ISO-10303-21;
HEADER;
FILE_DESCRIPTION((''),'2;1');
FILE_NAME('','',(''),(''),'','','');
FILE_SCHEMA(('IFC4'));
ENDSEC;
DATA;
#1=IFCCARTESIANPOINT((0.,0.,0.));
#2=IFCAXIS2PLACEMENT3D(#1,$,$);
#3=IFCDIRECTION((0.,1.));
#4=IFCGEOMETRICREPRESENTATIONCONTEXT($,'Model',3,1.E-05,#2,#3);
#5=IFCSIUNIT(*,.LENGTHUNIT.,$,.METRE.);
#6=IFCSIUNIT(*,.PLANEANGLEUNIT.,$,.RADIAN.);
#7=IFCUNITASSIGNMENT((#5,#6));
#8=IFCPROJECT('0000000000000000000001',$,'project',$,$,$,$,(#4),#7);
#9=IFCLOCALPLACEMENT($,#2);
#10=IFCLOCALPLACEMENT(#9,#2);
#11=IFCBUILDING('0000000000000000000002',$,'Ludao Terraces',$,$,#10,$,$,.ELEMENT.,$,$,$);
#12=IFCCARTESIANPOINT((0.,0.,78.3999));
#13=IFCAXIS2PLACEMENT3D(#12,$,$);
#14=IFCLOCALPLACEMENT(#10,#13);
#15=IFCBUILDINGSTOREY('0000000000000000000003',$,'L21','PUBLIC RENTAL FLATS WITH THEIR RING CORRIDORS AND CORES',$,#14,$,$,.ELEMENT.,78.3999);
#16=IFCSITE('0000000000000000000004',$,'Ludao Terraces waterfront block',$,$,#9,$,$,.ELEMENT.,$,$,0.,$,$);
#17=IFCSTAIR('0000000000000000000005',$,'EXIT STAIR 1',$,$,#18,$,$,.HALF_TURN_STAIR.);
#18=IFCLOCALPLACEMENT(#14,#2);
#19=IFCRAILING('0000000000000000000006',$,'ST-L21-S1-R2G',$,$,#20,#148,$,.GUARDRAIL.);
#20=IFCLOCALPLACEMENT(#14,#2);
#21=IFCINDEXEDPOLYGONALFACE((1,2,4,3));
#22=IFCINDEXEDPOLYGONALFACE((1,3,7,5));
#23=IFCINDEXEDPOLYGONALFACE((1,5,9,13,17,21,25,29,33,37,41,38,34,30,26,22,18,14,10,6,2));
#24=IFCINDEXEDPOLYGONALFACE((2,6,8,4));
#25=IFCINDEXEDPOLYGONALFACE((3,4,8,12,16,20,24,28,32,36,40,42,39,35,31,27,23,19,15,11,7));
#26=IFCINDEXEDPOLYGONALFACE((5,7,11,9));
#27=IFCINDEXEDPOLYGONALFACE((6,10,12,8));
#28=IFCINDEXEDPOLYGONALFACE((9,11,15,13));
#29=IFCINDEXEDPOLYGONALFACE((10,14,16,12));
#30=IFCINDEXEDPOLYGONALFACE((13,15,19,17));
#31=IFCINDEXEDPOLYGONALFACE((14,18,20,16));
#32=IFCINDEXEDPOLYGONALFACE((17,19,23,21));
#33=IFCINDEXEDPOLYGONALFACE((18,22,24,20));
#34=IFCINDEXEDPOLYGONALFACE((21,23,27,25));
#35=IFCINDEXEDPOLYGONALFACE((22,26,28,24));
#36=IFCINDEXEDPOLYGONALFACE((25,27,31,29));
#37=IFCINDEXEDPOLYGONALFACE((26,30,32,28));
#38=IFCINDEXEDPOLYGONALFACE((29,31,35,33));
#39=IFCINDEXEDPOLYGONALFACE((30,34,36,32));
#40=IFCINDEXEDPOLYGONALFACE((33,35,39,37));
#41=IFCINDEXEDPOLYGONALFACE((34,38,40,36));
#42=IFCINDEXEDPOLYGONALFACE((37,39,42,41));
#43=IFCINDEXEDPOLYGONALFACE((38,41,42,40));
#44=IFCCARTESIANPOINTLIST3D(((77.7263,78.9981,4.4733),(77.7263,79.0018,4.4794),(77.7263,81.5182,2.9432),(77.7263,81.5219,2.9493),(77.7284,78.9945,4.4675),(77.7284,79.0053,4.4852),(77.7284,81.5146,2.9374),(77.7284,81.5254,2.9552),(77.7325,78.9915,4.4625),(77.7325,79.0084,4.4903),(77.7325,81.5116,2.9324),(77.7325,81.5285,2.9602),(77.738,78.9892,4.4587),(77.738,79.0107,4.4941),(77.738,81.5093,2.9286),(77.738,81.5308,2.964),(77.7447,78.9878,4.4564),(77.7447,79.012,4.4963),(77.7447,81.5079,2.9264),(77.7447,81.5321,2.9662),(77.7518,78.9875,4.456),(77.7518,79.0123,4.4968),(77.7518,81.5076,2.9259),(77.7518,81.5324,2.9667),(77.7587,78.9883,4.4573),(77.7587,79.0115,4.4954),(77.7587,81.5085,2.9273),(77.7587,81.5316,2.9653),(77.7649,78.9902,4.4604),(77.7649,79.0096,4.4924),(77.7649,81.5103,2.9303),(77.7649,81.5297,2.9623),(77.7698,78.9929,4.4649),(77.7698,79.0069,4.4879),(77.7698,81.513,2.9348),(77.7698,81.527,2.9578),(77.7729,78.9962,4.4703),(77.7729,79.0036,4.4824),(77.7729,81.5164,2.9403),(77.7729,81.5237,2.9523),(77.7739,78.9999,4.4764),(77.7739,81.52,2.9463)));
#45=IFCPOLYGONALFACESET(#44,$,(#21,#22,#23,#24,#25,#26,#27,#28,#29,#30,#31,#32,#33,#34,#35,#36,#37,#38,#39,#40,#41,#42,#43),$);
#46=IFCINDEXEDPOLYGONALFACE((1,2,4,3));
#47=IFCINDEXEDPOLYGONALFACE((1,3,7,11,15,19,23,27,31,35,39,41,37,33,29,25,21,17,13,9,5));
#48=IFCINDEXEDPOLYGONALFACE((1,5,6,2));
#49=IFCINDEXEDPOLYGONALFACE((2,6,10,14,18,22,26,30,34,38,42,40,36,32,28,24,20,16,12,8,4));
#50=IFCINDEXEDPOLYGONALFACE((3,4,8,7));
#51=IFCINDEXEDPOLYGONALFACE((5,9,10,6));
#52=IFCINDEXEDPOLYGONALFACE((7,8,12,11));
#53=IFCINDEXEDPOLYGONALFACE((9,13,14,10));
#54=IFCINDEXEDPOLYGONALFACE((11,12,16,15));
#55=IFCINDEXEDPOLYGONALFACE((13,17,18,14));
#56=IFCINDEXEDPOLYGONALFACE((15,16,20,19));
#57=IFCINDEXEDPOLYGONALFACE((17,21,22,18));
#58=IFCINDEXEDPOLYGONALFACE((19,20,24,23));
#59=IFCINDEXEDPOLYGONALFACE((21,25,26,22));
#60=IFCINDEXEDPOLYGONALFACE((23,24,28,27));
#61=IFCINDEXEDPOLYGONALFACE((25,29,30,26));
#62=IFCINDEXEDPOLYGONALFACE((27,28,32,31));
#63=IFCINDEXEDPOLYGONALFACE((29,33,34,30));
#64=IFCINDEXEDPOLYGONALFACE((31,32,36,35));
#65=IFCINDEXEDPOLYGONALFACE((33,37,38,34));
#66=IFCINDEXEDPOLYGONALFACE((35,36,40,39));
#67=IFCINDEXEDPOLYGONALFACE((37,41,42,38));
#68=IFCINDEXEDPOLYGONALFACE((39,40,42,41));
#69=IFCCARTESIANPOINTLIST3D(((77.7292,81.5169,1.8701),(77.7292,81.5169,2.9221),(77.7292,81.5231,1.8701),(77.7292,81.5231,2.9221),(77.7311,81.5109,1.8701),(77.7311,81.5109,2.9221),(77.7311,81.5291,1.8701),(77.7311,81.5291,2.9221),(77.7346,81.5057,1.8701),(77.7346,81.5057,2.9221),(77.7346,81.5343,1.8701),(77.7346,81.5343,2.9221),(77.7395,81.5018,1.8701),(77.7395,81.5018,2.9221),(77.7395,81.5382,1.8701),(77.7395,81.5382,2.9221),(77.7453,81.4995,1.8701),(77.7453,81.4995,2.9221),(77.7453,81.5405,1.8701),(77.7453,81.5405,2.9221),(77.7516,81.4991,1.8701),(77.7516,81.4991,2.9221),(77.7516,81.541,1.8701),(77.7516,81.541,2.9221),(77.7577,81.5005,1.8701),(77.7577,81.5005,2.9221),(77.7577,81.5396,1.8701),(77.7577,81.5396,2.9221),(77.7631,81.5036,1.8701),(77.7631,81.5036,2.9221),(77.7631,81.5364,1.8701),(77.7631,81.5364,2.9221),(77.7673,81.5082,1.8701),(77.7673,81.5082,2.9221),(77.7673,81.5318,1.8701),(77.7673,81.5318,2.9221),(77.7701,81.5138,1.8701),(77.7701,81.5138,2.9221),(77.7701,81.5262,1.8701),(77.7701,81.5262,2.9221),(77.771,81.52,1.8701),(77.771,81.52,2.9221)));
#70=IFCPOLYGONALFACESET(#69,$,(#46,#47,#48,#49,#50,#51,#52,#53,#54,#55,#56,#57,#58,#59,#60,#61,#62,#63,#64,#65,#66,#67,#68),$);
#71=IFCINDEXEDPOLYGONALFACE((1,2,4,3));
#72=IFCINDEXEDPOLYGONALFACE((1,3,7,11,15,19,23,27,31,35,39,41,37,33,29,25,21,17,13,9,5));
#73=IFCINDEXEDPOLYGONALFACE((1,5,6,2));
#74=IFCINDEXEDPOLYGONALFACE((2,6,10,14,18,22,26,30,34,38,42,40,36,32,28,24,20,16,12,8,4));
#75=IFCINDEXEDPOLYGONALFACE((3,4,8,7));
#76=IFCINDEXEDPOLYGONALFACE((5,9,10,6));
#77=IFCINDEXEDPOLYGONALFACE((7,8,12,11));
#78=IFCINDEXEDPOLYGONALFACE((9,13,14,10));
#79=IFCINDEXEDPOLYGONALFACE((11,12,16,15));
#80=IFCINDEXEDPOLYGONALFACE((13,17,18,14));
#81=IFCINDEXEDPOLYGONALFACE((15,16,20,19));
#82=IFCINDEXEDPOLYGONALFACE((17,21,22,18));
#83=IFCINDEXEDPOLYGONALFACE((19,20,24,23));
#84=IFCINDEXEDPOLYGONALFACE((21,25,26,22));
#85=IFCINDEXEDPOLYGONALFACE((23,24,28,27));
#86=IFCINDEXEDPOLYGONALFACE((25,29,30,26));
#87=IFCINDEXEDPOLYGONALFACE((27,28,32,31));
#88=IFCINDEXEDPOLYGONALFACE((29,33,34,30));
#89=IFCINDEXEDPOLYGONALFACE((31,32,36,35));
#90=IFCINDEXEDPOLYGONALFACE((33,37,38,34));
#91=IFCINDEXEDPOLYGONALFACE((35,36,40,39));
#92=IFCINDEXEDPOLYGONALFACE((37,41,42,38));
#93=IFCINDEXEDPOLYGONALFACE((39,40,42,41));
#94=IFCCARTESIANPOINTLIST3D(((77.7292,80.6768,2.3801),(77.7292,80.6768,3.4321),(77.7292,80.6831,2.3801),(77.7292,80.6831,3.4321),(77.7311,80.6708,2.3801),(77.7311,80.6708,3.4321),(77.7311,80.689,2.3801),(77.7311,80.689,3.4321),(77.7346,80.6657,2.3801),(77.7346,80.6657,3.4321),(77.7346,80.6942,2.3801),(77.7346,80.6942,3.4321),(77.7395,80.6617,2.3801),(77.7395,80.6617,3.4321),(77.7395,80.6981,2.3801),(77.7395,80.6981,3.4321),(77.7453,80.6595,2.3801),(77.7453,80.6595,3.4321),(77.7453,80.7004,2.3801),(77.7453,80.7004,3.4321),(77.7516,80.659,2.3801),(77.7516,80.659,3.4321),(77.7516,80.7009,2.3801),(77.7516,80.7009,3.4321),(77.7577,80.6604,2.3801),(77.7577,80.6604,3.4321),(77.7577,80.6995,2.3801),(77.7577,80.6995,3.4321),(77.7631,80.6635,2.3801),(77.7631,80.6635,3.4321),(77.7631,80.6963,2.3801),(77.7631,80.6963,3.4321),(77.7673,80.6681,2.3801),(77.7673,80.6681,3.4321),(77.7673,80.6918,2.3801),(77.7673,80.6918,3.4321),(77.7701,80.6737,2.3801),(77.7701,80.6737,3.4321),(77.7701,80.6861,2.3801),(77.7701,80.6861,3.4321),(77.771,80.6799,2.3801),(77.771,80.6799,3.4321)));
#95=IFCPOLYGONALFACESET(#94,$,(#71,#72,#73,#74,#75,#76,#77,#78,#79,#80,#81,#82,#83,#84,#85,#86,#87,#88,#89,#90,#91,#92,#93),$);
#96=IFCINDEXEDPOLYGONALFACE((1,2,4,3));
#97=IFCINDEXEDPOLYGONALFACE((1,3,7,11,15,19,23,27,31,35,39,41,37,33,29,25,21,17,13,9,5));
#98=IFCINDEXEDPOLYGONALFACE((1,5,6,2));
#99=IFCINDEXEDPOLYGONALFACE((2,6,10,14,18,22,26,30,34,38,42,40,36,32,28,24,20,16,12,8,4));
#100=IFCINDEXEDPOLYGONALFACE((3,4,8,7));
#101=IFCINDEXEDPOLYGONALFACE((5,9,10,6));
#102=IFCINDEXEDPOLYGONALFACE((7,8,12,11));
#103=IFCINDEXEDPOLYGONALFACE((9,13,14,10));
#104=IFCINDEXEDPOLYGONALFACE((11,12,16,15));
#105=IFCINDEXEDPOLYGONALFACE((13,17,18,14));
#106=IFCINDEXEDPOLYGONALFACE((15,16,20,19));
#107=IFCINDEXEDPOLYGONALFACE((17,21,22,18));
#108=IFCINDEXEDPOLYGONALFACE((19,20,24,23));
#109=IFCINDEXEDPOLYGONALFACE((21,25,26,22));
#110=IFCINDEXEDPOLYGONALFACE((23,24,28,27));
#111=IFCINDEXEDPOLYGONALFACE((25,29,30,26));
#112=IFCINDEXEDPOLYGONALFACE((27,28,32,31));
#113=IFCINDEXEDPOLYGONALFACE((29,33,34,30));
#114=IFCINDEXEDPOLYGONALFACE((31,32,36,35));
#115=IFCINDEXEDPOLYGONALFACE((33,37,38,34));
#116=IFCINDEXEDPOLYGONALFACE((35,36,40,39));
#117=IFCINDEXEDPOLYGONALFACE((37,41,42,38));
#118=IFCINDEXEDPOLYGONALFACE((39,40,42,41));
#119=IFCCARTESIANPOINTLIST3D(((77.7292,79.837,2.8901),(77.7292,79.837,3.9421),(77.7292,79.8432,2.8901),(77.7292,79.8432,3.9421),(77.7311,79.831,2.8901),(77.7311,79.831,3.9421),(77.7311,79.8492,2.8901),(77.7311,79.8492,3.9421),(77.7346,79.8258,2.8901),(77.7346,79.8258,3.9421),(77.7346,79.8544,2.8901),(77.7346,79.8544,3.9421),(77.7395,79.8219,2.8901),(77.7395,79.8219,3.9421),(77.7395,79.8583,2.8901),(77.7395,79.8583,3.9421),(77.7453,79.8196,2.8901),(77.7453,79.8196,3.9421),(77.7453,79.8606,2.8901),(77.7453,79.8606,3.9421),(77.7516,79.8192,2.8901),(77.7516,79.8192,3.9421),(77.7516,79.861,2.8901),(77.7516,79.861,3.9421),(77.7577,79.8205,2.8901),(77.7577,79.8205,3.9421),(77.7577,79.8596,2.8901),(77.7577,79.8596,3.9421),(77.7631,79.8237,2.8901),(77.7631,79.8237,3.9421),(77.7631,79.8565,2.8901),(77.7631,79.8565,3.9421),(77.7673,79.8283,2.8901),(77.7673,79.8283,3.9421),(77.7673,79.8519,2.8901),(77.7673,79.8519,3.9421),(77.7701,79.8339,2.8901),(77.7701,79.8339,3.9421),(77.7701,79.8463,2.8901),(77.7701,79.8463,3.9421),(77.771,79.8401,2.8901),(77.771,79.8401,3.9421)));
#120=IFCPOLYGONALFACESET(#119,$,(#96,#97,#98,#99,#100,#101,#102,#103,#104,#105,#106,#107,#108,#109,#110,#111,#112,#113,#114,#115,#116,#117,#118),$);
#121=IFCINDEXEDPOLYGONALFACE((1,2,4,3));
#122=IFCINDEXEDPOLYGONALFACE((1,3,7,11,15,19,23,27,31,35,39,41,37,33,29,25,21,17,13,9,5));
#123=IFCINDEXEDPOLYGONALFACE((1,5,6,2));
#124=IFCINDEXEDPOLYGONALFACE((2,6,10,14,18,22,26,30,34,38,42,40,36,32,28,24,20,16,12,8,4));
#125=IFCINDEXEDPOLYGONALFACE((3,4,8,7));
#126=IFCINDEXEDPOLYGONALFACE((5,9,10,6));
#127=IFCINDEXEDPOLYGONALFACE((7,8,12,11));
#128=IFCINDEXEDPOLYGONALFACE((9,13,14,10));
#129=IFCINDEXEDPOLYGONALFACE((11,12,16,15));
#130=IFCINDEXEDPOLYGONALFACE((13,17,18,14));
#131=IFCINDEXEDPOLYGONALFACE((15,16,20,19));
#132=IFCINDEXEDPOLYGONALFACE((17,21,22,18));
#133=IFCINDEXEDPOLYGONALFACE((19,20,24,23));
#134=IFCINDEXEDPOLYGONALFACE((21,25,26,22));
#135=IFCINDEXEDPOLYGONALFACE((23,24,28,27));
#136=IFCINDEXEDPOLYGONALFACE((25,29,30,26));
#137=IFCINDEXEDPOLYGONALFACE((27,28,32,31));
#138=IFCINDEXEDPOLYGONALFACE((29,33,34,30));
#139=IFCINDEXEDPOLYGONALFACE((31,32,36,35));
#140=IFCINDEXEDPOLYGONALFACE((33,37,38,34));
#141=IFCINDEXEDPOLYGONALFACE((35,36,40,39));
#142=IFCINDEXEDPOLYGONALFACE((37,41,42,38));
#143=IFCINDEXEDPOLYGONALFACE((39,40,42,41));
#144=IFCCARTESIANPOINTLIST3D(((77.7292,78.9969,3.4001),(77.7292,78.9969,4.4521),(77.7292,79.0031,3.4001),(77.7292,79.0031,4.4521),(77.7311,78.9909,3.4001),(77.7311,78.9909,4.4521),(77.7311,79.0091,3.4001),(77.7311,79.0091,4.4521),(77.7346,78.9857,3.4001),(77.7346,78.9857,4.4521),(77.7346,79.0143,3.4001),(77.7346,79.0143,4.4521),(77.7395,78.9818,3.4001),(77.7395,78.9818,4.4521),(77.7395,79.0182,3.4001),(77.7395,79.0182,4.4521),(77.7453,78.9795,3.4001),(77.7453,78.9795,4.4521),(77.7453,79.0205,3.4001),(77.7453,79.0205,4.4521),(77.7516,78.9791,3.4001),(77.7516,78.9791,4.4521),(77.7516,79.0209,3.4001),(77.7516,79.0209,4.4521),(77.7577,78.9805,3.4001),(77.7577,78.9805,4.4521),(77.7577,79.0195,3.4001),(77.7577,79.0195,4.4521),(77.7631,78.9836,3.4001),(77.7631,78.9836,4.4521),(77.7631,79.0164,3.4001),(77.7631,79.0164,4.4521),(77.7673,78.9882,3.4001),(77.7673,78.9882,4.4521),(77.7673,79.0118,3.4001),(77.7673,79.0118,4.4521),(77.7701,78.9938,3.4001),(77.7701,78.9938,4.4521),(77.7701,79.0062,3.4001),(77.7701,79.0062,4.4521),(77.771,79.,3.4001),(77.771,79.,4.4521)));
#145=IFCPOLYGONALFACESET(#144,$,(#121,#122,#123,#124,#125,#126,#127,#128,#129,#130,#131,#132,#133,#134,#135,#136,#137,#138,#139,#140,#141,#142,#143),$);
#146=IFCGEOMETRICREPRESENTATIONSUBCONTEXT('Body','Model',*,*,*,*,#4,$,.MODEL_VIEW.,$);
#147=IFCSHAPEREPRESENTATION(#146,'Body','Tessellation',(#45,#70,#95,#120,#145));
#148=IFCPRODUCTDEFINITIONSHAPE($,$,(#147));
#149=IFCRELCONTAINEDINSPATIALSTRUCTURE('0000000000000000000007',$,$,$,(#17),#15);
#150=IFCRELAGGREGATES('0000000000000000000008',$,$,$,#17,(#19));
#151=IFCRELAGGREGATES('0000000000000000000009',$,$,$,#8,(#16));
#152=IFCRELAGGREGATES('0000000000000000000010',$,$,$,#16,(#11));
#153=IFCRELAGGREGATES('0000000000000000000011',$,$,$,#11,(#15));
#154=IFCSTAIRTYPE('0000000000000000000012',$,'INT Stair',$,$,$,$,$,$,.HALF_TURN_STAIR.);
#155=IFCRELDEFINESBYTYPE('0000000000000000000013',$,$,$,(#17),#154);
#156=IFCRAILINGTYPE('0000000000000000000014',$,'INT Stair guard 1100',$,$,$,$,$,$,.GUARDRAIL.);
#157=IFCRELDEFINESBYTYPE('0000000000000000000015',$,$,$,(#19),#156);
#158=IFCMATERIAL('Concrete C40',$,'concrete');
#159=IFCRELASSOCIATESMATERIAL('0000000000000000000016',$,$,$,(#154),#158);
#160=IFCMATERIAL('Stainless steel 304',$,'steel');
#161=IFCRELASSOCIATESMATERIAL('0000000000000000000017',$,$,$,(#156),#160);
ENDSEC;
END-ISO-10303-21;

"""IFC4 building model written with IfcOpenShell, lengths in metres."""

from ifc_helpers import new_model, si_unit, direction, frame, origin, origin_2d, place, context, subcontext, project, spatial, circle, extrude, material, type_object, element, aggregate, save


model = new_model("IFC4")

# Units and contexts
model_context = context("Model", 3, precision=1e-05, world=origin(), true_north=direction((0.0, 1.0)))
body_context = subcontext(model_context, "Body", "Model", "MODEL_VIEW")
ifc_project = project(units=[si_unit("LENGTHUNIT", "METRE"), si_unit("PLANEANGLEUNIT", "RADIAN")], contexts=[model_context])

# Site, building, storey
site_placement = place(None, origin())
site = spatial("IfcSite", under=ifc_project, at=site_placement, Name="Ludao Terraces waterfront block", CompositionType="ELEMENT", RefElevation=0.0)
building_placement = place(site_placement, origin())
building = spatial("IfcBuilding", under=site, at=building_placement, Name="Ludao Terraces", CompositionType="ELEMENT")
storey_placement = place(building_placement, frame((0.0, 0.0, 78.3999)))
storey = spatial("IfcBuildingStorey", under=building, at=storey_placement, Name="L21", Description="PUBLIC RENTAL FLATS WITH THEIR RING CORRIDORS AND CORES", CompositionType="ELEMENT", Elevation=78.3999)

# Shared definitions
ifc_material_1 = material(Name="Stainless steel 304", Category="steel")

# Stair, railing
ifc_material_2 = material(Name="Concrete C40", Category="concrete")
stair_type = type_object("IfcStairType", Name="INT Stair", PredefinedType="HALF_TURN_STAIR", material=ifc_material_2)
stair_placement = place(storey_placement, origin())
stair = element("IfcStair", 1, at=stair_placement, inside=storey, type_object=stair_type, Name="EXIT STAIR 1", PredefinedType="HALF_TURN_STAIR")
railing_type_1 = type_object("IfcRailingType", Name="INT Stair guard 1100", PredefinedType="GUARDRAIL", material=ifc_material_1)
railing_1_placement = place(storey_placement, frame((77.75, 81.52, 1.8701)))
railing_1 = element("IfcRailing", 2, at=railing_1_placement, type_object=railing_type_1, Name="ST-L21-S1-R2G", PredefinedType="GUARDRAIL", context=body_context, shape_type="SweptSolid", body=[
    extrude(circle(Radius=0.0239, at=origin_2d()), frame((0.0, 0.0, 1.0762), z_axis=(0.0, -0.854785, 0.518982), x_axis=(1.0, 0.0, 0.0)), (0.0, 0.0, 1.0), 2.9482),
    extrude(circle(Radius=0.021, at=origin_2d()), origin(), (0.0, 0.0, 1.0), 1.052),
    extrude(circle(Radius=0.021, at=origin_2d()), frame((0.0, -0.8401, 0.51)), (0.0, 0.0, 1.0), 1.052),
    extrude(circle(Radius=0.021, at=origin_2d()), frame((0.0, -1.6799, 1.02)), (0.0, 0.0, 1.0), 1.052),
    extrude(circle(Radius=0.021, at=origin_2d()), frame((0.0, -2.52, 1.53)), (0.0, 0.0, 1.0), 1.052),
])
aggregate(stair, [railing_1])

save(model, "model.ifc")
